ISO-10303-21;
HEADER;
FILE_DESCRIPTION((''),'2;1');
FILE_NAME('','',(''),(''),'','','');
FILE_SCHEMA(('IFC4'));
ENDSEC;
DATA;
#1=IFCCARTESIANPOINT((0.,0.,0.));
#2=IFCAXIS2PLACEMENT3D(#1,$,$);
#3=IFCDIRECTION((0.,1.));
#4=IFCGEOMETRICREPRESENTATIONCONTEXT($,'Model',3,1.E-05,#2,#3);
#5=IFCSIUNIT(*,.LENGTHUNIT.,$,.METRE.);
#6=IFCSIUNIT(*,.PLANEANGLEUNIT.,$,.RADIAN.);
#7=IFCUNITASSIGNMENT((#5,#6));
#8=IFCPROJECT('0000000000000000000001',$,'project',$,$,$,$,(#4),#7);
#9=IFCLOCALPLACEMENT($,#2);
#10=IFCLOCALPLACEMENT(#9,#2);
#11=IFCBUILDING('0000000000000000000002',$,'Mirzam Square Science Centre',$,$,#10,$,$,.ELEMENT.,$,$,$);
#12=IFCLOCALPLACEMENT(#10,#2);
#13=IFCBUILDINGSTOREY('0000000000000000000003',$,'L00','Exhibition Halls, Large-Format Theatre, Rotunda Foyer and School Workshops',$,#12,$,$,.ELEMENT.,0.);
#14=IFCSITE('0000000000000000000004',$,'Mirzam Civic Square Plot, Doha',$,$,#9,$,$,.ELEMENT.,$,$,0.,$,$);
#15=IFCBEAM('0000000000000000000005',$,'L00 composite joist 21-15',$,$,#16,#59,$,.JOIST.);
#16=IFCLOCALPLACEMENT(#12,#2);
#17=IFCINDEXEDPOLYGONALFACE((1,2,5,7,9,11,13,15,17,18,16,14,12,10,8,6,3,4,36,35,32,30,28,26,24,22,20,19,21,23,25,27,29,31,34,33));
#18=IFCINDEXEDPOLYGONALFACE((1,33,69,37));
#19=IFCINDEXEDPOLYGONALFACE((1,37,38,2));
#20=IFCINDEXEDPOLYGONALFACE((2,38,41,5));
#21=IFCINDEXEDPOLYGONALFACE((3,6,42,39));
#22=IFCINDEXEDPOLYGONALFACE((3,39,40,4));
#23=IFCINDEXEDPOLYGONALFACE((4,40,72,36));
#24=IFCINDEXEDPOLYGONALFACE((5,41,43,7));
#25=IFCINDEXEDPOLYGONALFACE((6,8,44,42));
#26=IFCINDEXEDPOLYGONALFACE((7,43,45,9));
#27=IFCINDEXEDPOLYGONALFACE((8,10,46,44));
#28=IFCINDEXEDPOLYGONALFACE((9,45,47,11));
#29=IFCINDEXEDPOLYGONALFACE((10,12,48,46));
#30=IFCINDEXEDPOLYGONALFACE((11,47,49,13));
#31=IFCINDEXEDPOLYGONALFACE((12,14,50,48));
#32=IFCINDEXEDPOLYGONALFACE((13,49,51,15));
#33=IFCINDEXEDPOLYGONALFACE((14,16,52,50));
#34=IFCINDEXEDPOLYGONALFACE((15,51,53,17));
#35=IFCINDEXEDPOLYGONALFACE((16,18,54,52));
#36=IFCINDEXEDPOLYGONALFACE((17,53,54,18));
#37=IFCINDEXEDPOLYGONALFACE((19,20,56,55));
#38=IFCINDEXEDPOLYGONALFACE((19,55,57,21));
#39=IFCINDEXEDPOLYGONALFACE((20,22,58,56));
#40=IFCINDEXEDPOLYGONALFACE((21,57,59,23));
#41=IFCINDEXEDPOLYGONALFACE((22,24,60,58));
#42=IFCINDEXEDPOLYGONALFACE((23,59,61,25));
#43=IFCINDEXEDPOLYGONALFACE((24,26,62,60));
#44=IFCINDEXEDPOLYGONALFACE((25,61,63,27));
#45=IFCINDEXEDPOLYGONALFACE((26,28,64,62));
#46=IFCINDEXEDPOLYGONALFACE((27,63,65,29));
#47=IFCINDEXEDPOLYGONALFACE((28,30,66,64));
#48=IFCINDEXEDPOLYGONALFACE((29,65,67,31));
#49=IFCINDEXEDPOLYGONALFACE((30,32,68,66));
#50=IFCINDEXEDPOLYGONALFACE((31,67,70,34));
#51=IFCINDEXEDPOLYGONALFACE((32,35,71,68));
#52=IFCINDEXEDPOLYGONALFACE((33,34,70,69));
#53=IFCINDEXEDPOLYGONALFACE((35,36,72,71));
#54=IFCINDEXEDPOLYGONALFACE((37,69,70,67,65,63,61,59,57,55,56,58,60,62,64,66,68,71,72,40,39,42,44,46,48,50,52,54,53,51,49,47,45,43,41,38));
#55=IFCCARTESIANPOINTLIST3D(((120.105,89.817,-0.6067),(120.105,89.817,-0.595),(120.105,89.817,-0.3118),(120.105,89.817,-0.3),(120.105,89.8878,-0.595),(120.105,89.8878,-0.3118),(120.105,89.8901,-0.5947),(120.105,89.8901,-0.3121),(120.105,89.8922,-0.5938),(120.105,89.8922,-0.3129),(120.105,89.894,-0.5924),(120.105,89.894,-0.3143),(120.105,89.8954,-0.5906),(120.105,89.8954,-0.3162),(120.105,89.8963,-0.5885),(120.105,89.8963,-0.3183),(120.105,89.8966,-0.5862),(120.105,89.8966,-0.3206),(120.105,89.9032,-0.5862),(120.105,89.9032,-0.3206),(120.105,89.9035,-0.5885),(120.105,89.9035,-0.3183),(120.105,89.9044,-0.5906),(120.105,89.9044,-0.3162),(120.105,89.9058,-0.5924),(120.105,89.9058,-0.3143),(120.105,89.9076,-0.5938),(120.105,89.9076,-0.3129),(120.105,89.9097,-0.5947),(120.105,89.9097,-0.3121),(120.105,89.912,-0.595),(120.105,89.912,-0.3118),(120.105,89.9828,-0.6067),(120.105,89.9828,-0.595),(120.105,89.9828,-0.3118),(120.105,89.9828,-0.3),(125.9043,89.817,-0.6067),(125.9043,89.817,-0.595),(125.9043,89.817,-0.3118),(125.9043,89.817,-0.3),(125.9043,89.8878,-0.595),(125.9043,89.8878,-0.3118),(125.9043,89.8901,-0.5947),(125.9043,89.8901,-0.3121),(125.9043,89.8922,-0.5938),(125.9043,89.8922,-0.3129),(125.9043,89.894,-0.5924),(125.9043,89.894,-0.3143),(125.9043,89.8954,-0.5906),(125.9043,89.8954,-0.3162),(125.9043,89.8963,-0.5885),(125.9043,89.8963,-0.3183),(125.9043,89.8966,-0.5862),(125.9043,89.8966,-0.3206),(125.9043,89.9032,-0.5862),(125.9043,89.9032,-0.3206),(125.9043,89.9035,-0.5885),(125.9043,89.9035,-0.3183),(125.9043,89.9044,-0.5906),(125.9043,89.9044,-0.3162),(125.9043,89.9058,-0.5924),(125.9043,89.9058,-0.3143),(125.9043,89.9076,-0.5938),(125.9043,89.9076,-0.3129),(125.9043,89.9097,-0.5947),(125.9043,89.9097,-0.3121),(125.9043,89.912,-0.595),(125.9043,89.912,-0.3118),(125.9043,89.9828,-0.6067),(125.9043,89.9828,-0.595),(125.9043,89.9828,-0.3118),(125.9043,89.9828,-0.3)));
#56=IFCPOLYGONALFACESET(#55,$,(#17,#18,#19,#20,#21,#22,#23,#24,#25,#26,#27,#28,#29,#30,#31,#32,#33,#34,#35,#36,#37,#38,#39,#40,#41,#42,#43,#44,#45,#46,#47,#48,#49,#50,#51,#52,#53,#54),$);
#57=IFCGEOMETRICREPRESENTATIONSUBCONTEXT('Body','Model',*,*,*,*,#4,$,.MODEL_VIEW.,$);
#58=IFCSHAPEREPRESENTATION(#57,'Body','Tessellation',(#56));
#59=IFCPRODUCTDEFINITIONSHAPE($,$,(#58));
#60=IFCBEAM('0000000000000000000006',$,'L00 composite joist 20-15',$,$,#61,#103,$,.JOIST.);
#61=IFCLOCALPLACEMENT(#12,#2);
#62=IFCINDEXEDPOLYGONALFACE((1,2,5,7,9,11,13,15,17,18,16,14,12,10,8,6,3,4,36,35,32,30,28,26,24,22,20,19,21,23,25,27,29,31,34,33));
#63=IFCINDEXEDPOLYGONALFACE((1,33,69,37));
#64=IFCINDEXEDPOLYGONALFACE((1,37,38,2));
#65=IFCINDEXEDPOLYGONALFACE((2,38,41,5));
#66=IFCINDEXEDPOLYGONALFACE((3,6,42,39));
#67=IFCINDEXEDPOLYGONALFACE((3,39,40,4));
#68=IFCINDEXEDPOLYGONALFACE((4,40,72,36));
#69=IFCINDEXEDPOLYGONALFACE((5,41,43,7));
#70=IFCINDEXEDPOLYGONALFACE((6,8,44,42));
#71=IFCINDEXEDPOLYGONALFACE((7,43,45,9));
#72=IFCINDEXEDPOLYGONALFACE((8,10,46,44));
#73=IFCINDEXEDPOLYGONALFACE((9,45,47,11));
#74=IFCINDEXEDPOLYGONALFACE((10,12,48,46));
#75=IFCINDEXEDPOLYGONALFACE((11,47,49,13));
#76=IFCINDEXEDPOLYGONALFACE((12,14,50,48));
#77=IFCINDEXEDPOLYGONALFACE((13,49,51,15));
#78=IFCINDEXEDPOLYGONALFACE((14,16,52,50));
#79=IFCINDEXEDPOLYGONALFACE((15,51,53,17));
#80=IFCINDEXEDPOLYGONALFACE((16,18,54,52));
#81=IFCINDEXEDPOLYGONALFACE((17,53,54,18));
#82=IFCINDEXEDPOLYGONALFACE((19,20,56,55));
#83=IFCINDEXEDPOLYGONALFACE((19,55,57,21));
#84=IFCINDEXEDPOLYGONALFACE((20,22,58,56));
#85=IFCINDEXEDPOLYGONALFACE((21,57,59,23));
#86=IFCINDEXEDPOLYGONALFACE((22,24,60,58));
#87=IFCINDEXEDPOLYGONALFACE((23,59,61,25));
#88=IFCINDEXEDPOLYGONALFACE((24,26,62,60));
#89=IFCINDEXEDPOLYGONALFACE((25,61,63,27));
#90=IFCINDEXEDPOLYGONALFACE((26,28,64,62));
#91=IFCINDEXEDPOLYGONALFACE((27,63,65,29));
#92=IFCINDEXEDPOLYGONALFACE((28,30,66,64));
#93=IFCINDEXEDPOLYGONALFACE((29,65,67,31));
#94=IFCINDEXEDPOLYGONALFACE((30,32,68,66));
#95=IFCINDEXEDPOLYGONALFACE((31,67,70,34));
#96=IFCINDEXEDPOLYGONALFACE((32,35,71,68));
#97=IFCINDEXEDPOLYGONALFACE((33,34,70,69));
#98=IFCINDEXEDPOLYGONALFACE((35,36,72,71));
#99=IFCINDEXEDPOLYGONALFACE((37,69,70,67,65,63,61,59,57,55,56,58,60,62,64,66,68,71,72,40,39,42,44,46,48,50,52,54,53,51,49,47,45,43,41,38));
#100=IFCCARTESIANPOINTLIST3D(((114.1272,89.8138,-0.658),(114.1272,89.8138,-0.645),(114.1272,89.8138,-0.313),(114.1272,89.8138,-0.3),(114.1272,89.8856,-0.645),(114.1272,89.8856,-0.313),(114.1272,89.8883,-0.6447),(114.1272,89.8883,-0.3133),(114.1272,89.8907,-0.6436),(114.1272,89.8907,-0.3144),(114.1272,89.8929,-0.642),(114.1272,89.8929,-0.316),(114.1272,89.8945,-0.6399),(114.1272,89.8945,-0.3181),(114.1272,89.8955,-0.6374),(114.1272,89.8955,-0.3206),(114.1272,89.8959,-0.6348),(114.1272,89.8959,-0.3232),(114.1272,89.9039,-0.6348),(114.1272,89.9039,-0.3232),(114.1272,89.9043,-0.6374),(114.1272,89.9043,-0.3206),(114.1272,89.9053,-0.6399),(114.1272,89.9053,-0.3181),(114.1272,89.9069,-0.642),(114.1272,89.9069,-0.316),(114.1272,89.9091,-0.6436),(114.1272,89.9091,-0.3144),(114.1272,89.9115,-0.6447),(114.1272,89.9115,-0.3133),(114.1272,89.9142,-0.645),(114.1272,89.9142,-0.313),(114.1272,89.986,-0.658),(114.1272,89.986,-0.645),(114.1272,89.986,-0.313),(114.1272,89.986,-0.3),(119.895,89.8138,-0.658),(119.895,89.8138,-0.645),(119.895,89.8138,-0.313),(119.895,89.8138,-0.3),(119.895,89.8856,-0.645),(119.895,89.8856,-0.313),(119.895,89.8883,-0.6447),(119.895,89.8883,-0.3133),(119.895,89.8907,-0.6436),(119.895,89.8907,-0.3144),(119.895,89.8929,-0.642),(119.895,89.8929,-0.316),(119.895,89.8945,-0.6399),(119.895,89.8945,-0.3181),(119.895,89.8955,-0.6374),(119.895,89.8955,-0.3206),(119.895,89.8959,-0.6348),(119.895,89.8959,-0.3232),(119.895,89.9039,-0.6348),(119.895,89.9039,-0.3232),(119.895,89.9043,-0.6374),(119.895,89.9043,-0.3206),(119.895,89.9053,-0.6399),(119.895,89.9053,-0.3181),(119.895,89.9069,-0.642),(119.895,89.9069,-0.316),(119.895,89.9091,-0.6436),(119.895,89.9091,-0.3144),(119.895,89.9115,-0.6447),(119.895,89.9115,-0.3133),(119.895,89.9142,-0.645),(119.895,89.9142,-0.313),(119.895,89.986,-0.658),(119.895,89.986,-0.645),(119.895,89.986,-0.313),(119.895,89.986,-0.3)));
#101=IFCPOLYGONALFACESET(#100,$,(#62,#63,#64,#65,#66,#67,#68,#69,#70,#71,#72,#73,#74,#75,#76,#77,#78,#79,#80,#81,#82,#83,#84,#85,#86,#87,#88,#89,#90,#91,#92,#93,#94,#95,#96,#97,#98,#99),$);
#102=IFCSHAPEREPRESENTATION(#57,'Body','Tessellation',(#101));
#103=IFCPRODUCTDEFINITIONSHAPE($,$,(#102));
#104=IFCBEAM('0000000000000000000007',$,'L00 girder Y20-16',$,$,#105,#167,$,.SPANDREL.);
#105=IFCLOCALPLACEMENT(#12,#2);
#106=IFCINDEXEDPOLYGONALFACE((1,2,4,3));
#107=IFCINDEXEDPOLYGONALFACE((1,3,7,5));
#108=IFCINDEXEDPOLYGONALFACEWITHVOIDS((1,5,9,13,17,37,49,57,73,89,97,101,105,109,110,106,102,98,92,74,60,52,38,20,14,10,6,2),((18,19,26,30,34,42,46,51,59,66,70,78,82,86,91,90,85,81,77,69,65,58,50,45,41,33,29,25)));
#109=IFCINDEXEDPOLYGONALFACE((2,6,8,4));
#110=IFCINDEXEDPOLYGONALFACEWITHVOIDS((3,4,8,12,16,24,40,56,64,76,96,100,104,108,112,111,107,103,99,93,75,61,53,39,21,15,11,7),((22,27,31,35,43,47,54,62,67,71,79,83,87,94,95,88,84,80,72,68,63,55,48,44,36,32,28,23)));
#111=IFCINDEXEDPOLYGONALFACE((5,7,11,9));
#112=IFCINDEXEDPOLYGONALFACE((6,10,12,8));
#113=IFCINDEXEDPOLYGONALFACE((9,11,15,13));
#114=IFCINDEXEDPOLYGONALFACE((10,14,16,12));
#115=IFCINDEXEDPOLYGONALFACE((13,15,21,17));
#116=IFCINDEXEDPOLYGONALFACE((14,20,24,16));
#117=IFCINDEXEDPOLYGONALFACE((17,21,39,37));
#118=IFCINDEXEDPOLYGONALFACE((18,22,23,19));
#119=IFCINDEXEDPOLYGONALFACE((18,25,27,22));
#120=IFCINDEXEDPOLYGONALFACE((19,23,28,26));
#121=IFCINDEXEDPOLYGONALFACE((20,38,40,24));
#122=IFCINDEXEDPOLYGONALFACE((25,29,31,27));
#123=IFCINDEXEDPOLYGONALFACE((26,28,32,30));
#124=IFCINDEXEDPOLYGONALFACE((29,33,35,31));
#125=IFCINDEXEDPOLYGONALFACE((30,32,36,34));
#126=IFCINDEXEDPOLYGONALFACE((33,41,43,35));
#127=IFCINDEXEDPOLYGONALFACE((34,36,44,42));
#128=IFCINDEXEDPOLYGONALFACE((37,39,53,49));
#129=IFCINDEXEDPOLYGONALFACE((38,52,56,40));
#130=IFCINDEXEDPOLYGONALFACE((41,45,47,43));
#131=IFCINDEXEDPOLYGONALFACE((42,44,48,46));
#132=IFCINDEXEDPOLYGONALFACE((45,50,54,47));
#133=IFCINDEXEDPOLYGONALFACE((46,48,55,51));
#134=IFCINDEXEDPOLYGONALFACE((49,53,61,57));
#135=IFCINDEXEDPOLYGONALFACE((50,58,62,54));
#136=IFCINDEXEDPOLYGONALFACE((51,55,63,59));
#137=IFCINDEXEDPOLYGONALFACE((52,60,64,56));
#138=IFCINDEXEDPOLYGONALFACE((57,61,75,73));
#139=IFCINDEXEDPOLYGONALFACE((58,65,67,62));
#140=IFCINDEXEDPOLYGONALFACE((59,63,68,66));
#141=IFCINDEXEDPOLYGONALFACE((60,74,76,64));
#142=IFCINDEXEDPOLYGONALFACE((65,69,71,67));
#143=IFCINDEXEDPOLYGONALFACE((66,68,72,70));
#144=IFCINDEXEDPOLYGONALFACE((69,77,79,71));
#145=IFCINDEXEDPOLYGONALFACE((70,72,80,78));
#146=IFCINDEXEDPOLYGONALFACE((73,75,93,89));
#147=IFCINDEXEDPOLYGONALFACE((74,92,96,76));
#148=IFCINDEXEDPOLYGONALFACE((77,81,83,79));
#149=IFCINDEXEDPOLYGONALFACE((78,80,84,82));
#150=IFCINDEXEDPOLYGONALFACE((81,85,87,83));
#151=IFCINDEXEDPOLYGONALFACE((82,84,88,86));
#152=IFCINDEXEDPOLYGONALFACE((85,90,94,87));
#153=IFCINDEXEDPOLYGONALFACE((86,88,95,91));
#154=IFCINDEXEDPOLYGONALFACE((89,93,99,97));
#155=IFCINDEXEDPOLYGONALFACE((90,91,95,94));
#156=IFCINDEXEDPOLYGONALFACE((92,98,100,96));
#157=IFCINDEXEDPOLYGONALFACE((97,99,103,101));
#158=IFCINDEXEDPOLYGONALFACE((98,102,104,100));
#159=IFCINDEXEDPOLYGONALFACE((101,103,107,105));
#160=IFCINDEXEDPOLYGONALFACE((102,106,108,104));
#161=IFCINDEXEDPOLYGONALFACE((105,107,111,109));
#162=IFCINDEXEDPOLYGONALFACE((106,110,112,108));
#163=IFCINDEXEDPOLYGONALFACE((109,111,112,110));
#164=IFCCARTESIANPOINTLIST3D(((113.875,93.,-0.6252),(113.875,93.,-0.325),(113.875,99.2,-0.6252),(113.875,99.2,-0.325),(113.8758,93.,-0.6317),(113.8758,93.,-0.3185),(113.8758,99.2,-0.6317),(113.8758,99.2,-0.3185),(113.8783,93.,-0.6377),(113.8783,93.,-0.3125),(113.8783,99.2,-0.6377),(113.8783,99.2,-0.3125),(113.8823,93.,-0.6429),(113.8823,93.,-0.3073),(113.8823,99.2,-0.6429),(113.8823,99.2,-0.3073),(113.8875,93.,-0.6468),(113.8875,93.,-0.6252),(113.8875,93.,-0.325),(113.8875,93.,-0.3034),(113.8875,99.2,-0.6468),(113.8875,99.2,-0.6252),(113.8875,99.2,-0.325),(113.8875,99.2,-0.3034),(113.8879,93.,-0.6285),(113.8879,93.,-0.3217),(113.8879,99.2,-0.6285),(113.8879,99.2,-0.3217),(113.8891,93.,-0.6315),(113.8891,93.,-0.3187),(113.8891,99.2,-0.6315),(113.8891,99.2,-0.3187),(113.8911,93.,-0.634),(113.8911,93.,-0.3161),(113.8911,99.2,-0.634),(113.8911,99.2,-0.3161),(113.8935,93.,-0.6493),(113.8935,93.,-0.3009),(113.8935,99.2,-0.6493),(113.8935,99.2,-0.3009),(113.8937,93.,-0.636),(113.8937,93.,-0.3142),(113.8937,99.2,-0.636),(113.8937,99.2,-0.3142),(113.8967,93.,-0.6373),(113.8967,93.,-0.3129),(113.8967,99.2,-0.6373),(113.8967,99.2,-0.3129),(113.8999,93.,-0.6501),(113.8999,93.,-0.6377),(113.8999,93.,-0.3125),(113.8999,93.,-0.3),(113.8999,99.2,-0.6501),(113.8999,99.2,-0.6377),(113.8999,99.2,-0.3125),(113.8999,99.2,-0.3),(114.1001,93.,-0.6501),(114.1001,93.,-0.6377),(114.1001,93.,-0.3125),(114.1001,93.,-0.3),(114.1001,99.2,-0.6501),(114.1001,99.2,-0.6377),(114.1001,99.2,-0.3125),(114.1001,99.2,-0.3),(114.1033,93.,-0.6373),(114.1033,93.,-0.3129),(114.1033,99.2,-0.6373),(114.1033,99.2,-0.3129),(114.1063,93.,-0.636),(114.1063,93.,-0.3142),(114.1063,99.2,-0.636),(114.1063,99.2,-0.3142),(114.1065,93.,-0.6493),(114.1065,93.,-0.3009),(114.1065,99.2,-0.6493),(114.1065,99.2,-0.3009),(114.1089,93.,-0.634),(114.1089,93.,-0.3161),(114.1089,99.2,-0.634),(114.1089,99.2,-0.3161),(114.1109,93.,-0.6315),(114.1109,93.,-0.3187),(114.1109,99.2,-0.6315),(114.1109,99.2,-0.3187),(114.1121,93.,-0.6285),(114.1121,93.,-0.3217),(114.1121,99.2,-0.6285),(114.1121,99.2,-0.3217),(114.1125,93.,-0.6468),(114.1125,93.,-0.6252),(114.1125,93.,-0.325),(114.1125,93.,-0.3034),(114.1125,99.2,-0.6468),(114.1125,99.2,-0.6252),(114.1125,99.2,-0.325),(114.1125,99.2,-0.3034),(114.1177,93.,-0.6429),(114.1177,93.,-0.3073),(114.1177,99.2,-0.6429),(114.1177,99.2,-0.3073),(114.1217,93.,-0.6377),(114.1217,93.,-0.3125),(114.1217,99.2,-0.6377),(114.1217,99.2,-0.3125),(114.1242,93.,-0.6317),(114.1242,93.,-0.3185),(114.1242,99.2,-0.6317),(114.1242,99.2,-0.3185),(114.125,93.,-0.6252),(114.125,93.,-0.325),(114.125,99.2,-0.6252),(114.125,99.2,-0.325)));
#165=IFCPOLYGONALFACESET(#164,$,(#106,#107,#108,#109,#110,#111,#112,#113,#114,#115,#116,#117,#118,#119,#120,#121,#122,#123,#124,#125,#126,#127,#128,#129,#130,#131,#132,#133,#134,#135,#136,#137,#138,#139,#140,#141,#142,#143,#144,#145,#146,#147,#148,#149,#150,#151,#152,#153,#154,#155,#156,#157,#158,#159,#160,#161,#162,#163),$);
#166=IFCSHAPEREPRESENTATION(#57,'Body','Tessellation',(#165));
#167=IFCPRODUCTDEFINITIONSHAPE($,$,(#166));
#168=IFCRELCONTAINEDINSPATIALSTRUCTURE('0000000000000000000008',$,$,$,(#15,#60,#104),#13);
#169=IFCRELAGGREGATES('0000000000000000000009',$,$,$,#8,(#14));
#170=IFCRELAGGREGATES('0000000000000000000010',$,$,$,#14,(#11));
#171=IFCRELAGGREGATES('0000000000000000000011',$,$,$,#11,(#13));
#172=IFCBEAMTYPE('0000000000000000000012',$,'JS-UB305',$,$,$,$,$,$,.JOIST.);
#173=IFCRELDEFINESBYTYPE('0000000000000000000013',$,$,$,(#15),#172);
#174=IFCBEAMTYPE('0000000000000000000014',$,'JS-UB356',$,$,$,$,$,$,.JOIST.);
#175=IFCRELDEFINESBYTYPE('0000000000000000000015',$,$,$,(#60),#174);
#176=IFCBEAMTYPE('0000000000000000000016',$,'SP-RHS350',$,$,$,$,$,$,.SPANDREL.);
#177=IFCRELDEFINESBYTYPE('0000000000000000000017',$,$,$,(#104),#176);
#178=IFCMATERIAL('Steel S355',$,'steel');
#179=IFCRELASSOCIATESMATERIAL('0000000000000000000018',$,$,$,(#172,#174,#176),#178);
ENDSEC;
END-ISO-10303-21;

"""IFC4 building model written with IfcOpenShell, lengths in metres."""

from ifc_helpers import new_model, si_unit, direction, frame, origin, origin_2d, place, context, subcontext, project, spatial, hollow_rectangle, i_section, extrude, material, material_profile, profile_set, type_object, element, save


model = new_model("IFC4")

# Units and contexts
model_context = context("Model", 3, precision=1e-05, world=origin(), true_north=direction((0.0, 1.0)))
body_context = subcontext(model_context, "Body", "Model", "MODEL_VIEW")
ifc_project = project(units=[si_unit("LENGTHUNIT", "METRE"), si_unit("PLANEANGLEUNIT", "RADIAN")], contexts=[model_context])

# Site, building, storey
site_placement = place(None, origin())
site = spatial("IfcSite", under=ifc_project, at=site_placement, Name="Mirzam Civic Square Plot, Doha", CompositionType="ELEMENT", RefElevation=0.0)
building_placement = place(site_placement, origin())
building = spatial("IfcBuilding", under=site, at=building_placement, Name="Mirzam Square Science Centre", CompositionType="ELEMENT")
storey_placement = place(building_placement, origin())
storey = spatial("IfcBuildingStorey", under=building, at=storey_placement, Name="L00", Description="Exhibition Halls, Large-Format Theatre, Rotunda Foyer and School Workshops", CompositionType="ELEMENT", Elevation=0.0)

# Shared definitions
ifc_material_1 = material(Name="Steel S355", Category="steel")

# Beams
ifc_material_profile_1 = material_profile(ifc_material_1, i_section(OverallWidth=0.1658, OverallDepth=0.3066, WebThickness=0.0066, FlangeThickness=0.0117, FilletRadius=0.0088, at=origin_2d()), Name="305x165x46UB")
ifc_profile_set_1 = profile_set([ifc_material_profile_1], Name="Steel S355")
beam_type_1 = type_object("IfcBeamType", Name="JS-UB305", PredefinedType="JOIST", material=ifc_profile_set_1)
beam_1_placement = place(storey_placement, frame((120.105, 89.8999, -0.4534), z_axis=(1.0, 0.0, 0.0), x_axis=(0.0, 1.0, 0.0)))
element("IfcBeam", 1, at=beam_1_placement, inside=storey, type_object=beam_type_1, Name="L00 composite joist 21-15", PredefinedType="JOIST", context=body_context, shape_type="SweptSolid", body=[
    extrude(i_section(OverallWidth=0.1658, OverallDepth=0.3066, WebThickness=0.0066, FlangeThickness=0.0117, FilletRadius=0.0088, at=origin_2d()), origin(), (0.0, 0.0, 1.0), 5.7993),
])
ifc_material_profile_2 = material_profile(ifc_material_1, i_section(OverallWidth=0.1721, OverallDepth=0.3579, WebThickness=0.0081, FlangeThickness=0.0129, FilletRadius=0.0103, at=origin_2d()), Name="356x171x57UB")
ifc_profile_set_2 = profile_set([ifc_material_profile_2], Name="Steel S355")
beam_type_2 = type_object("IfcBeamType", Name="JS-UB356", PredefinedType="JOIST", material=ifc_profile_set_2)
beam_2_placement = place(storey_placement, frame((114.1272, 89.8999, -0.479), z_axis=(1.0, 0.0, 0.0), x_axis=(0.0, 1.0, 0.0)))
element("IfcBeam", 2, at=beam_2_placement, inside=storey, type_object=beam_type_2, Name="L00 composite joist 20-15", PredefinedType="JOIST", context=body_context, shape_type="SweptSolid", body=[
    extrude(i_section(OverallWidth=0.1721, OverallDepth=0.3579, WebThickness=0.0081, FlangeThickness=0.0129, FilletRadius=0.0103, at=origin_2d()), origin(), (0.0, 0.0, 1.0), 5.7678),
])
ifc_material_profile_3 = material_profile(ifc_material_1, hollow_rectangle(XDim=0.25, YDim=0.3501, WallThickness=0.0125, InnerFilletRadius=0.0125, OuterFilletRadius=0.0249, at=origin_2d()), Name="350x250x12.5RHS")
ifc_profile_set_3 = profile_set([ifc_material_profile_3], Name="Steel S355")
beam_type_3 = type_object("IfcBeamType", Name="SP-RHS350", PredefinedType="SPANDREL", material=ifc_profile_set_3)
beam_3_placement = place(storey_placement, frame((114.0, 93.0, -0.4751), z_axis=(0.0, 1.0, 0.0), x_axis=(-1.0, 0.0, 0.0)))
element("IfcBeam", 3, at=beam_3_placement, inside=storey, type_object=beam_type_3, Name="L00 girder Y20-16", PredefinedType="SPANDREL", context=body_context, shape_type="SweptSolid", body=[
    extrude(hollow_rectangle(XDim=0.25, YDim=0.3501, WallThickness=0.0125, InnerFilletRadius=0.0125, OuterFilletRadius=0.0249, at=origin_2d()), origin(), (0.0, 0.0, 1.0), 6.2),
])

save(model, "model.ifc")
